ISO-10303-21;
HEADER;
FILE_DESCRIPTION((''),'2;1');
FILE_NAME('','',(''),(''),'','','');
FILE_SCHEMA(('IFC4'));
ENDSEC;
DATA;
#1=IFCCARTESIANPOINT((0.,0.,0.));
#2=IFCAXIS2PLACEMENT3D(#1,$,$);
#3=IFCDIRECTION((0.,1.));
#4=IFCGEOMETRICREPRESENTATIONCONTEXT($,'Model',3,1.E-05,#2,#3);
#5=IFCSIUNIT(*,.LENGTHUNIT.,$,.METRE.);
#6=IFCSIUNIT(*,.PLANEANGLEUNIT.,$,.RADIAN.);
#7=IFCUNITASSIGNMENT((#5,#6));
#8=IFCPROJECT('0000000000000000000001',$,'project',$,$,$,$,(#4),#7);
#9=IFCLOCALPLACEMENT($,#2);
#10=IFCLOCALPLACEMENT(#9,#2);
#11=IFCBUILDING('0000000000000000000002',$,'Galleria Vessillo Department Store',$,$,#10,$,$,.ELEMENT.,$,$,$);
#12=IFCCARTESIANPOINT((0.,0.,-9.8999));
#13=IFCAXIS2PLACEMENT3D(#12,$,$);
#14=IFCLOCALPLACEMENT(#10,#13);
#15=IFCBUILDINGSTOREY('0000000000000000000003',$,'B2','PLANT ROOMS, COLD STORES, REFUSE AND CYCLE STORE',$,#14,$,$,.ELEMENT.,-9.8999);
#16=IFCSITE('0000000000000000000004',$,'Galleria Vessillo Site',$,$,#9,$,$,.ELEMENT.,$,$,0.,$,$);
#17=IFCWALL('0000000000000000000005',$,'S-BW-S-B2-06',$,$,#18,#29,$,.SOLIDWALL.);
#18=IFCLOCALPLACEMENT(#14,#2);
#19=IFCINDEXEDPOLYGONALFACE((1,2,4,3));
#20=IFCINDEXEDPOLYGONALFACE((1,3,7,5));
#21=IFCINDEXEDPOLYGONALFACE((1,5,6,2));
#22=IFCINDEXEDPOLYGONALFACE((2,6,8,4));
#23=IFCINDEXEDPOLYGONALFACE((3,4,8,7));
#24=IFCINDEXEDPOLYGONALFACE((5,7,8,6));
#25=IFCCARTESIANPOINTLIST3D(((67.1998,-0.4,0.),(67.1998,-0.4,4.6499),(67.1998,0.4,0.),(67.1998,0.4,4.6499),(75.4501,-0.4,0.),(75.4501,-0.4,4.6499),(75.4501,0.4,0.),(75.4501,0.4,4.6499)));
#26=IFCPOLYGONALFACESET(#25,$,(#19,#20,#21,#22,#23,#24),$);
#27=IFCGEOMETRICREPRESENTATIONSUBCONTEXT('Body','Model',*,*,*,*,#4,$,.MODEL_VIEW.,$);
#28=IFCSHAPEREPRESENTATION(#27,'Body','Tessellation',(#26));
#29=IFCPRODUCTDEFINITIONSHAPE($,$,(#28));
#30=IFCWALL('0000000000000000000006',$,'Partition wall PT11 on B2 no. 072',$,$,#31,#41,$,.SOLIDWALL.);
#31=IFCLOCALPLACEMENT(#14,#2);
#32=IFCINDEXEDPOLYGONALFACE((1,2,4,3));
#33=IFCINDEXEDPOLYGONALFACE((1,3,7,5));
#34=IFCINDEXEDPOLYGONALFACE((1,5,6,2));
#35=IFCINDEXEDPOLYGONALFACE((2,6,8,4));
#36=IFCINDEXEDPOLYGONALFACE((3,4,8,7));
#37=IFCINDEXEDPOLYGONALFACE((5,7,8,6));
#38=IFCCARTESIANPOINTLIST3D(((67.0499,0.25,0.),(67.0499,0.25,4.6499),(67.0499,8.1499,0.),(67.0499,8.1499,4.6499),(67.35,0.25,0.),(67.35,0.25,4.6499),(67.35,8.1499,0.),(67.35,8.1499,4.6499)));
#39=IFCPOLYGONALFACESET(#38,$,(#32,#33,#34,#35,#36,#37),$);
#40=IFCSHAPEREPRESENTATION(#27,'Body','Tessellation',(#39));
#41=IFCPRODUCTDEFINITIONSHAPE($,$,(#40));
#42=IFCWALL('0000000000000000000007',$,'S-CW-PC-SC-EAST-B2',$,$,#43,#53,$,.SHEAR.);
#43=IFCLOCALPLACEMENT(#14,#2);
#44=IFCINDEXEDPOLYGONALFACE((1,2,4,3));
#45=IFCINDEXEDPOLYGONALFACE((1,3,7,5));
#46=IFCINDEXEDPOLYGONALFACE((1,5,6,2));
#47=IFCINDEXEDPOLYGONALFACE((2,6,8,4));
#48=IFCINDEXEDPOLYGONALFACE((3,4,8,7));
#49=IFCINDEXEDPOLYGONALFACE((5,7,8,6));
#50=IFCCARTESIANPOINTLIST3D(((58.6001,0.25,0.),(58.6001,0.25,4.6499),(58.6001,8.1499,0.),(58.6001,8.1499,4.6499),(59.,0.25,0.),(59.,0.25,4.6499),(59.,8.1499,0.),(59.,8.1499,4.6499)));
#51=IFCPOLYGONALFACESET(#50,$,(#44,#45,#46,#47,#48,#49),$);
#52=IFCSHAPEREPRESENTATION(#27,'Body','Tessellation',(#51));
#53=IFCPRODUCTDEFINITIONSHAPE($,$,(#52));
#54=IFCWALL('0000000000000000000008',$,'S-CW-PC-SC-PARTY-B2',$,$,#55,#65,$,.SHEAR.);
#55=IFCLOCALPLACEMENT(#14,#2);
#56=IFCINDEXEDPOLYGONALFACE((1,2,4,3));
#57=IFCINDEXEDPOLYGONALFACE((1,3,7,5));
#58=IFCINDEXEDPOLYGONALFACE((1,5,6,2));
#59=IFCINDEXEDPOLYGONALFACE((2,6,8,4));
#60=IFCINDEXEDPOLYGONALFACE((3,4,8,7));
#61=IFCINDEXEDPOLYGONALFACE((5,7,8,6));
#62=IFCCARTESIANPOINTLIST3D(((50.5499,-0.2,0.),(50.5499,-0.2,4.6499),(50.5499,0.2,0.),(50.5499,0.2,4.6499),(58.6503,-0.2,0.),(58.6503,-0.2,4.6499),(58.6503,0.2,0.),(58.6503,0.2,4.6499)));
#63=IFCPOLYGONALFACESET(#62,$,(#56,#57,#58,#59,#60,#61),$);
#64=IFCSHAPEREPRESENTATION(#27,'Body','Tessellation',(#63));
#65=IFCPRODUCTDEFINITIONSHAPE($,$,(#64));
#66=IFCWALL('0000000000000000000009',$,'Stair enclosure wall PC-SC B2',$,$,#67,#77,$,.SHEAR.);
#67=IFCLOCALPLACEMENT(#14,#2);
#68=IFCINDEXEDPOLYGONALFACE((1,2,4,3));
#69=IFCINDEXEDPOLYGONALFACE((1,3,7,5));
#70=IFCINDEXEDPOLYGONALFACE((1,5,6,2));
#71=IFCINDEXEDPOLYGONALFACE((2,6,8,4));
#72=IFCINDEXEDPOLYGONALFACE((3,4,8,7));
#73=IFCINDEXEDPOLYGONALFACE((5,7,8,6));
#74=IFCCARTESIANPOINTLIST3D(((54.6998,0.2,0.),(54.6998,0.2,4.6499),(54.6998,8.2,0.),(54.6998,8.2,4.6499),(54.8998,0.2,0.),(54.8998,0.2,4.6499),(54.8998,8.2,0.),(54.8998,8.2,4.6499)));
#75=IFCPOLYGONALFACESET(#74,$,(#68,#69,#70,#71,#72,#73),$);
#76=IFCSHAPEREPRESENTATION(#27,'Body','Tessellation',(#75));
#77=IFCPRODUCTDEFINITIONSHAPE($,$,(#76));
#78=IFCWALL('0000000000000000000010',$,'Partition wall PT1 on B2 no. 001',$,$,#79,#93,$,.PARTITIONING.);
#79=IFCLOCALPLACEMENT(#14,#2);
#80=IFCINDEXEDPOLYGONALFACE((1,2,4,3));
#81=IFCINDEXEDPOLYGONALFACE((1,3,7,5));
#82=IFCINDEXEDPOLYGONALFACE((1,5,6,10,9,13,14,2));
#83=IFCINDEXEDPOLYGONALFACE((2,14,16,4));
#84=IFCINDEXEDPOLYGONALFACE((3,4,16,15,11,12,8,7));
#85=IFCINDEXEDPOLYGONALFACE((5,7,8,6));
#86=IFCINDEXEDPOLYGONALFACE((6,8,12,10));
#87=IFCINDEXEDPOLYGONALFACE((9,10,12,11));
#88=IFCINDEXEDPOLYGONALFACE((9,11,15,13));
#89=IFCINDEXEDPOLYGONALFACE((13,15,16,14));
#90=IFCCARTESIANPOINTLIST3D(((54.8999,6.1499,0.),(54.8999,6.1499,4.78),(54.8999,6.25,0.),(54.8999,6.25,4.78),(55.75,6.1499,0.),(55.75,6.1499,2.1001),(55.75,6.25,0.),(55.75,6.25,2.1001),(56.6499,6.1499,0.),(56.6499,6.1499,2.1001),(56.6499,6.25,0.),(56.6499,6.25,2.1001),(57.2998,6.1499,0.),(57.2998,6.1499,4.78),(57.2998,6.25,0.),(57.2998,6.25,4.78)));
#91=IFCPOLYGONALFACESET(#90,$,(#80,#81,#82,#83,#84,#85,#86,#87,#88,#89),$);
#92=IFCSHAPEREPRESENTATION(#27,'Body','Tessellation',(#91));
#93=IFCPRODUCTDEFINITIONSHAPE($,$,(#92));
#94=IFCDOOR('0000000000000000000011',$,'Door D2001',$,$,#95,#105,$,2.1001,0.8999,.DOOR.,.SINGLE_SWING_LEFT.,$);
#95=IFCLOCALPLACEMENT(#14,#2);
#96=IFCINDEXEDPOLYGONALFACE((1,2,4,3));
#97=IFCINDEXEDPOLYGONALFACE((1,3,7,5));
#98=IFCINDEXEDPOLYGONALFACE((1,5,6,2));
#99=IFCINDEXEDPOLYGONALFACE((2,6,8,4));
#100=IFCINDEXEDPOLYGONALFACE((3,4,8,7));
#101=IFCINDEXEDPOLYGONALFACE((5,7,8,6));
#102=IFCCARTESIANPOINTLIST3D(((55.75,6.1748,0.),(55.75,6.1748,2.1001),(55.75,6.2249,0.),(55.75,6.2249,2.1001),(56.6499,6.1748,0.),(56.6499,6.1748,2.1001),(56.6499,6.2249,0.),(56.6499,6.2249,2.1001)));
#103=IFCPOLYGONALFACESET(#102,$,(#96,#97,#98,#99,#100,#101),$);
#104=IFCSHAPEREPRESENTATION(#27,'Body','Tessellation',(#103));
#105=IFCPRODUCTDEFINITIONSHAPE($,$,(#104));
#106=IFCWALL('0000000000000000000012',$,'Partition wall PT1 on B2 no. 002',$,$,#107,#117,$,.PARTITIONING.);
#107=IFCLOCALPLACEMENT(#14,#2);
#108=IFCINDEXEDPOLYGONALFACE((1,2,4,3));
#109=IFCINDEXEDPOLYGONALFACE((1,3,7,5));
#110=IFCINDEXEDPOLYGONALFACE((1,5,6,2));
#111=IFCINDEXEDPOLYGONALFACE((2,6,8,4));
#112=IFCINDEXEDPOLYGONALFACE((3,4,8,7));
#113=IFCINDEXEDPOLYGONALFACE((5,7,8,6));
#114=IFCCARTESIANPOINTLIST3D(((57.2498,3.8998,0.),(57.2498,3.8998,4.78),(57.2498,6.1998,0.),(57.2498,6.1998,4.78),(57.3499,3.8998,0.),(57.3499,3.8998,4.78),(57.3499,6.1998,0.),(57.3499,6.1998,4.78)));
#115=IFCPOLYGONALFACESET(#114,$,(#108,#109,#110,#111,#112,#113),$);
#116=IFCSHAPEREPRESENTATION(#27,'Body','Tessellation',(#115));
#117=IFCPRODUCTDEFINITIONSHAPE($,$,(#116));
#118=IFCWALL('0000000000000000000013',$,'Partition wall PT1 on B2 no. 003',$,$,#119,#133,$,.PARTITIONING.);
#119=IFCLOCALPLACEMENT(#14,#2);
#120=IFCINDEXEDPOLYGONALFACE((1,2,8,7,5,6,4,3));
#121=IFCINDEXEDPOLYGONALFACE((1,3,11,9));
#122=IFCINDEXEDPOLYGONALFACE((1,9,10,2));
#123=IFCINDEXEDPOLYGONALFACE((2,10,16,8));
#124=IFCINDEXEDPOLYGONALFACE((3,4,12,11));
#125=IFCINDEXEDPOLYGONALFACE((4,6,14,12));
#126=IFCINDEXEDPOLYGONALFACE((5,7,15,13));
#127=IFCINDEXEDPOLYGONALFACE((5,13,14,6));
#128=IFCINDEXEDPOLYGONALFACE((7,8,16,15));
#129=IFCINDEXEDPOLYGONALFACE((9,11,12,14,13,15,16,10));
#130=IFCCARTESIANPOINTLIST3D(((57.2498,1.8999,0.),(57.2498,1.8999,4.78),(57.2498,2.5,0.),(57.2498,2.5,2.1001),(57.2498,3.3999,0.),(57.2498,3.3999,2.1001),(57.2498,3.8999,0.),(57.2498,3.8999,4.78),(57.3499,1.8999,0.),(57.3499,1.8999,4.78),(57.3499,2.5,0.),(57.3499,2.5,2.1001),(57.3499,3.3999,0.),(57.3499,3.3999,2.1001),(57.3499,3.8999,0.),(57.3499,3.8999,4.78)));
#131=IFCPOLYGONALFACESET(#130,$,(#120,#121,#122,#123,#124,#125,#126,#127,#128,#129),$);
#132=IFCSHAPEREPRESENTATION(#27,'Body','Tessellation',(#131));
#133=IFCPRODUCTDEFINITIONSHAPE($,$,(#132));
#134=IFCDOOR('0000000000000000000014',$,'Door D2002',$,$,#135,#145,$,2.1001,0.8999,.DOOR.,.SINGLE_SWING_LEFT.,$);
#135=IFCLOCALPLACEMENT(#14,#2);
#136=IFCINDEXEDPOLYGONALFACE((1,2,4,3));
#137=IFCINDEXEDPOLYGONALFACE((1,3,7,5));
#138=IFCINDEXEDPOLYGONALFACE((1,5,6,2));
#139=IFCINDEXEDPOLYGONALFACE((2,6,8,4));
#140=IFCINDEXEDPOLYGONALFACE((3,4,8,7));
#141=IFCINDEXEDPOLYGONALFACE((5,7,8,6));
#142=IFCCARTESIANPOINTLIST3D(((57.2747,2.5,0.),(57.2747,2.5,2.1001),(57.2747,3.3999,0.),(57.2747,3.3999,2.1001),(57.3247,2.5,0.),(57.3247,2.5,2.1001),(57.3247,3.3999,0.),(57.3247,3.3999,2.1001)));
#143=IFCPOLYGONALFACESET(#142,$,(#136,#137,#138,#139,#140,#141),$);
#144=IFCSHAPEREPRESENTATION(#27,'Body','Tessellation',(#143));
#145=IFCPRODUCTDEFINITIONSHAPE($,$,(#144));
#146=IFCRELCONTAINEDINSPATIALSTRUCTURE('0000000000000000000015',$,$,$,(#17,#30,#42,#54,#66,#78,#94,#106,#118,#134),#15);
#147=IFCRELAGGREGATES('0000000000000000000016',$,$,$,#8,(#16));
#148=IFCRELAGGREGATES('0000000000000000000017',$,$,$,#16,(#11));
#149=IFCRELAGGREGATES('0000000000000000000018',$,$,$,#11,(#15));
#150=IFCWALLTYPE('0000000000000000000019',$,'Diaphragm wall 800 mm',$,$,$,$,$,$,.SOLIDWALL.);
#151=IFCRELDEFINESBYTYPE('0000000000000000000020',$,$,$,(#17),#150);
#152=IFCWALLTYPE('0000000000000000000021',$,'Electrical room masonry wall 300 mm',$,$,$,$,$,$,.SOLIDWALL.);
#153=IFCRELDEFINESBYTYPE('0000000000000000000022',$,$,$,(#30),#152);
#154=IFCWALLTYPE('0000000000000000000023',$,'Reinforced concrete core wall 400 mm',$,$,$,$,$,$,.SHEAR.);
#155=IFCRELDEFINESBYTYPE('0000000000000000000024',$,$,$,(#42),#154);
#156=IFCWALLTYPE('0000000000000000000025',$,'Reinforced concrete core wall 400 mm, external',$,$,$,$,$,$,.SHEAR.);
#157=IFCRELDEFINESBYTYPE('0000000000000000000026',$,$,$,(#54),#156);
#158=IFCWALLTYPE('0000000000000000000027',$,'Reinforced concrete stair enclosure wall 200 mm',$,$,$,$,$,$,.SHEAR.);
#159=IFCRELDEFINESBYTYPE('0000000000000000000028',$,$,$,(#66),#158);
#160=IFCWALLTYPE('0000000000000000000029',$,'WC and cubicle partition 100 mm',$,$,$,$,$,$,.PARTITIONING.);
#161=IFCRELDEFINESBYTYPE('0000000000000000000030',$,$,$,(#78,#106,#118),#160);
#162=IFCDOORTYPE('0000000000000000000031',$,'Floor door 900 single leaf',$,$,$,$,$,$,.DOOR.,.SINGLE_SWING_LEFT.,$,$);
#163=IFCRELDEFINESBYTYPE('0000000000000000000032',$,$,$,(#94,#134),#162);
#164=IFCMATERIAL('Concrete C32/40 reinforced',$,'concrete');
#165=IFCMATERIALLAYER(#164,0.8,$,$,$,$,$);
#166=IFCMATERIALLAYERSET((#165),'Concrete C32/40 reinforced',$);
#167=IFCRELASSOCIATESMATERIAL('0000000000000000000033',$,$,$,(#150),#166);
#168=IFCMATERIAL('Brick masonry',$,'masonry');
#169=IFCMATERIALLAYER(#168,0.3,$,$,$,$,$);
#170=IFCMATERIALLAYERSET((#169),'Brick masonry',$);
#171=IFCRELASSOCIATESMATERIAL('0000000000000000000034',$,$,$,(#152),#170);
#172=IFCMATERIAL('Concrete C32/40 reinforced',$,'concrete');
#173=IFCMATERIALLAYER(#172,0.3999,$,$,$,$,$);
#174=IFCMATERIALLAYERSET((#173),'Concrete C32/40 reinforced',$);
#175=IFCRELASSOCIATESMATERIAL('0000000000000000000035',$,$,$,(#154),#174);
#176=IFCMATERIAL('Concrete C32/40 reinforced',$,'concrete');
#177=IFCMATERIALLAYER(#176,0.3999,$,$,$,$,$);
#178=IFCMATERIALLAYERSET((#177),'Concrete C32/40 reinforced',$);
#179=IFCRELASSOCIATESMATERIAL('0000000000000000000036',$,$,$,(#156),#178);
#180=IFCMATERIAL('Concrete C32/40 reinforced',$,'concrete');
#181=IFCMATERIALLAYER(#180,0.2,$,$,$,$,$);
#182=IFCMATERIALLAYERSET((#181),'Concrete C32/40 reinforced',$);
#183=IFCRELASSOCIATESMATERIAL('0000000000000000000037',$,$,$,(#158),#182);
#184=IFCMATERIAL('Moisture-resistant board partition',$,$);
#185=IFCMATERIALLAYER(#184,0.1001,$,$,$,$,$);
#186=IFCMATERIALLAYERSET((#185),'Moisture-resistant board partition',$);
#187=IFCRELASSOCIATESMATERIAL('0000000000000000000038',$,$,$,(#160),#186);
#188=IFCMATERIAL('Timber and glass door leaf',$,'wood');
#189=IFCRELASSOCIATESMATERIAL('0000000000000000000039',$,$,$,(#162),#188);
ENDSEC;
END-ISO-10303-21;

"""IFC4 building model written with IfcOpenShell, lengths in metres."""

from ifc_helpers import new_model, si_unit, direction, frame, frame_2d, origin, place, context, subcontext, project, spatial, rectangle, extrude, material, layer, layer_set, type_object, element, fill, save


model = new_model("IFC4")

# Units and contexts
model_context = context("Model", 3, precision=1e-05, world=origin(), true_north=direction((0.0, 1.0)))
body_context = subcontext(model_context, "Body", "Model", "MODEL_VIEW")
ifc_project = project(units=[si_unit("LENGTHUNIT", "METRE"), si_unit("PLANEANGLEUNIT", "RADIAN")], contexts=[model_context])

# Site, building, storey
site_placement = place(None, origin())
site = spatial("IfcSite", under=ifc_project, at=site_placement, Name="Galleria Vessillo Site", CompositionType="ELEMENT", RefElevation=0.0)
building_placement = place(site_placement, origin())
building = spatial("IfcBuilding", under=site, at=building_placement, Name="Galleria Vessillo Department Store", CompositionType="ELEMENT")
storey_placement = place(building_placement, frame((0.0, 0.0, -9.8999)))
storey = spatial("IfcBuildingStorey", under=building, at=storey_placement, Name="B2", Description="PLANT ROOMS, COLD STORES, REFUSE AND CYCLE STORE", CompositionType="ELEMENT", Elevation=-9.8999)

# Walls
ifc_material_1 = material(Name="Concrete C32/40 reinforced", Category="concrete")
ifc_layer_1 = layer(ifc_material_1, 0.8)
ifc_layer_set_1 = layer_set([ifc_layer_1], Name="Concrete C32/40 reinforced")
wall_type_1 = type_object("IfcWallType", Name="Diaphragm wall 800 mm", PredefinedType="SOLIDWALL", material=ifc_layer_set_1)
wall_1_placement = place(storey_placement, frame((67.2, 0.0, 0.0), z_axis=(0.0, 0.0, 1.0), x_axis=(1.0, 0.0, 0.0)))
element("IfcWall", 1, at=wall_1_placement, inside=storey, type_object=wall_type_1, Name="S-BW-S-B2-06", PredefinedType="SOLIDWALL", context=body_context, shape_type="SweptSolid", body=[
    extrude(rectangle(XDim=8.2502, YDim=0.8, at=frame_2d((4.125, 0.0))), origin(), (0.0, 0.0, 1.0), 4.6499),
])
ifc_material_2 = material(Name="Brick masonry", Category="masonry")
ifc_layer_2 = layer(ifc_material_2, 0.3)
ifc_layer_set_2 = layer_set([ifc_layer_2], Name="Brick masonry")
wall_type_2 = type_object("IfcWallType", Name="Electrical room masonry wall 300 mm", PredefinedType="SOLIDWALL", material=ifc_layer_set_2)
wall_2_placement = place(storey_placement, frame((67.2, 0.25, 0.0), z_axis=(0.0, 0.0, 1.0), x_axis=(0.0, 1.0, 0.0)))
element("IfcWall", 2, at=wall_2_placement, inside=storey, type_object=wall_type_2, Name="Partition wall PT11 on B2 no. 072", PredefinedType="SOLIDWALL", context=body_context, shape_type="SweptSolid", body=[
    extrude(rectangle(XDim=7.8999, YDim=0.3, at=frame_2d((3.95, 0.0))), origin(), (0.0, 0.0, 1.0), 4.6499),
])
ifc_material_3 = material(Name="Concrete C32/40 reinforced", Category="concrete")
ifc_layer_3 = layer(ifc_material_3, 0.3999)
ifc_layer_set_3 = layer_set([ifc_layer_3], Name="Concrete C32/40 reinforced")
wall_type_3 = type_object("IfcWallType", Name="Reinforced concrete core wall 400 mm", PredefinedType="SHEAR", material=ifc_layer_set_3)
wall_3_placement = place(storey_placement, frame((58.8, 0.25, 0.0), z_axis=(0.0, 0.0, 1.0), x_axis=(0.0, 1.0, 0.0)))
element("IfcWall", 3, at=wall_3_placement, inside=storey, type_object=wall_type_3, Name="S-CW-PC-SC-EAST-B2", PredefinedType="SHEAR", context=body_context, shape_type="SweptSolid", body=[
    extrude(rectangle(XDim=7.8999, YDim=0.3999, at=frame_2d((3.95, 0.0))), origin(), (0.0, 0.0, 1.0), 4.6499),
])
ifc_material_4 = material(Name="Concrete C32/40 reinforced", Category="concrete")
ifc_layer_4 = layer(ifc_material_4, 0.3999)
ifc_layer_set_4 = layer_set([ifc_layer_4], Name="Concrete C32/40 reinforced")
wall_type_4 = type_object("IfcWallType", Name="Reinforced concrete core wall 400 mm, external", PredefinedType="SHEAR", material=ifc_layer_set_4)
wall_4_placement = place(storey_placement, frame((50.5498, 0.0, 0.0), z_axis=(0.0, 0.0, 1.0), x_axis=(1.0, 0.0, 0.0)))
element("IfcWall", 4, at=wall_4_placement, inside=storey, type_object=wall_type_4, Name="S-CW-PC-SC-PARTY-B2", PredefinedType="SHEAR", context=body_context, shape_type="SweptSolid", body=[
    extrude(rectangle(XDim=8.1003, YDim=0.3999, at=frame_2d((4.0503, 0.0))), origin(), (0.0, 0.0, 1.0), 4.6499),
])
ifc_material_5 = material(Name="Concrete C32/40 reinforced", Category="concrete")
ifc_layer_5 = layer(ifc_material_5, 0.2)
ifc_layer_set_5 = layer_set([ifc_layer_5], Name="Concrete C32/40 reinforced")
wall_type_5 = type_object("IfcWallType", Name="Reinforced concrete stair enclosure wall 200 mm", PredefinedType="SHEAR", material=ifc_layer_set_5)
wall_5_placement = place(storey_placement, frame((54.7998, 0.2, 0.0), z_axis=(0.0, 0.0, 1.0), x_axis=(0.0, 1.0, 0.0)))
element("IfcWall", 5, at=wall_5_placement, inside=storey, type_object=wall_type_5, Name="Stair enclosure wall PC-SC B2", PredefinedType="SHEAR", context=body_context, shape_type="SweptSolid", body=[
    extrude(rectangle(XDim=8.0, YDim=0.2, at=frame_2d((4.0, 0.0))), origin(), (0.0, 0.0, 1.0), 4.6499),
])

# Wall, opening, door
ifc_material_6 = material(Name="Moisture-resistant board partition")
ifc_layer_6 = layer(ifc_material_6, 0.1001)
ifc_layer_set_6 = layer_set([ifc_layer_6], Name="Moisture-resistant board partition")
wall_type_6 = type_object("IfcWallType", Name="WC and cubicle partition 100 mm", PredefinedType="PARTITIONING", material=ifc_layer_set_6)
wall_6_placement = place(storey_placement, frame((54.8999, 6.2, 0.0), z_axis=(0.0, 0.0, 1.0), x_axis=(1.0, 0.0, 0.0)))
wall_6 = element("IfcWall", 6, at=wall_6_placement, inside=storey, type_object=wall_type_6, Name="Partition wall PT1 on B2 no. 001", PredefinedType="PARTITIONING", context=body_context, shape_type="SweptSolid", body=[
    extrude(rectangle(XDim=2.3999, YDim=0.1001, at=frame_2d((1.2, 0.0))), origin(), (0.0, 0.0, 1.0), 4.78),
])
opening_1_placement = place(wall_6_placement, frame((0.8501, 0.0, 0.0)))
opening_1 = element("IfcOpeningElement", 7, at=opening_1_placement, cuts=wall_6, PredefinedType="OPENING", context=body_context, shape_type="SweptSolid", body=[
    extrude(rectangle(XDim=0.8999, YDim=2.1001, at=frame_2d((0.45, 1.05))), frame((0.0, 0.0601, 0.0), z_axis=(0.0, -1.0, 0.0), x_axis=(1.0, 0.0, 0.0)), (0.0, 0.0, 1.0), 0.1201),
])
ifc_material_7 = material(Name="Timber and glass door leaf", Category="wood")
door_type_1 = type_object("IfcDoorType", Name="Floor door 900 single leaf", OperationType="SINGLE_SWING_LEFT", PredefinedType="DOOR", material=ifc_material_7)
door_1_placement = place(opening_1_placement, origin())
door_1 = element("IfcDoor", 8, at=door_1_placement, inside=storey, type_object=door_type_1, Name="Door D2001", OperationType="SINGLE_SWING_LEFT", OverallHeight=2.1001, OverallWidth=0.8999, PredefinedType="DOOR", context=body_context, shape_type="SweptSolid", body=[
    extrude(rectangle(XDim=0.8999, YDim=2.1001, at=frame_2d((0.45, 1.05))), frame((0.0, 0.0249, 0.0), z_axis=(0.0, -1.0, 0.0), x_axis=(1.0, 0.0, 0.0)), (0.0, 0.0, 1.0), 0.05),
])
fill(opening_1, door_1)

# Wall
wall_7_placement = place(storey_placement, frame((57.2998, 3.8999, 0.0), z_axis=(0.0, 0.0, 1.0), x_axis=(0.0, 1.0, 0.0)))
element("IfcWall", 9, at=wall_7_placement, inside=storey, type_object=wall_type_6, Name="Partition wall PT1 on B2 no. 002", PredefinedType="PARTITIONING", context=body_context, shape_type="SweptSolid", body=[
    extrude(rectangle(XDim=2.3, YDim=0.1001, at=frame_2d((1.1499, 0.0))), origin(), (0.0, 0.0, 1.0), 4.78),
])

# Wall, opening, door
wall_8_placement = place(storey_placement, frame((57.2998, 1.8999, 0.0), z_axis=(0.0, 0.0, 1.0), x_axis=(0.0, 1.0, 0.0)))
wall_8 = element("IfcWall", 10, at=wall_8_placement, inside=storey, type_object=wall_type_6, Name="Partition wall PT1 on B2 no. 003", PredefinedType="PARTITIONING", context=body_context, shape_type="SweptSolid", body=[
    extrude(rectangle(XDim=2.0, YDim=0.1001, at=frame_2d((1.0, 0.0))), origin(), (0.0, 0.0, 1.0), 4.78),
])
opening_2_placement = place(wall_8_placement, frame((0.6001, 0.0, 0.0)))
opening_2 = element("IfcOpeningElement", 11, at=opening_2_placement, cuts=wall_8, PredefinedType="OPENING", context=body_context, shape_type="SweptSolid", body=[
    extrude(rectangle(XDim=0.8999, YDim=2.1001, at=frame_2d((0.45, 1.05))), frame((0.0, 0.0601, 0.0), z_axis=(0.0, -1.0, 0.0), x_axis=(1.0, 0.0, 0.0)), (0.0, 0.0, 1.0), 0.1201),
])
door_2_placement = place(opening_2_placement, frame((0.8999, 0.0, 0.0), z_axis=(0.0, 0.0, 1.0), x_axis=(-1.0, 0.0, 0.0)))
door_2 = element("IfcDoor", 12, at=door_2_placement, inside=storey, type_object=door_type_1, Name="Door D2002", OperationType="SINGLE_SWING_LEFT", OverallHeight=2.1001, OverallWidth=0.8999, PredefinedType="DOOR", context=body_context, shape_type="SweptSolid", body=[
    extrude(rectangle(XDim=0.8999, YDim=2.1001, at=frame_2d((0.45, 1.05))), frame((0.0, 0.0249, 0.0), z_axis=(0.0, -1.0, 0.0), x_axis=(1.0, 0.0, 0.0)), (0.0, 0.0, 1.0), 0.05),
])
fill(opening_2, door_2)

save(model, "model.ifc")
